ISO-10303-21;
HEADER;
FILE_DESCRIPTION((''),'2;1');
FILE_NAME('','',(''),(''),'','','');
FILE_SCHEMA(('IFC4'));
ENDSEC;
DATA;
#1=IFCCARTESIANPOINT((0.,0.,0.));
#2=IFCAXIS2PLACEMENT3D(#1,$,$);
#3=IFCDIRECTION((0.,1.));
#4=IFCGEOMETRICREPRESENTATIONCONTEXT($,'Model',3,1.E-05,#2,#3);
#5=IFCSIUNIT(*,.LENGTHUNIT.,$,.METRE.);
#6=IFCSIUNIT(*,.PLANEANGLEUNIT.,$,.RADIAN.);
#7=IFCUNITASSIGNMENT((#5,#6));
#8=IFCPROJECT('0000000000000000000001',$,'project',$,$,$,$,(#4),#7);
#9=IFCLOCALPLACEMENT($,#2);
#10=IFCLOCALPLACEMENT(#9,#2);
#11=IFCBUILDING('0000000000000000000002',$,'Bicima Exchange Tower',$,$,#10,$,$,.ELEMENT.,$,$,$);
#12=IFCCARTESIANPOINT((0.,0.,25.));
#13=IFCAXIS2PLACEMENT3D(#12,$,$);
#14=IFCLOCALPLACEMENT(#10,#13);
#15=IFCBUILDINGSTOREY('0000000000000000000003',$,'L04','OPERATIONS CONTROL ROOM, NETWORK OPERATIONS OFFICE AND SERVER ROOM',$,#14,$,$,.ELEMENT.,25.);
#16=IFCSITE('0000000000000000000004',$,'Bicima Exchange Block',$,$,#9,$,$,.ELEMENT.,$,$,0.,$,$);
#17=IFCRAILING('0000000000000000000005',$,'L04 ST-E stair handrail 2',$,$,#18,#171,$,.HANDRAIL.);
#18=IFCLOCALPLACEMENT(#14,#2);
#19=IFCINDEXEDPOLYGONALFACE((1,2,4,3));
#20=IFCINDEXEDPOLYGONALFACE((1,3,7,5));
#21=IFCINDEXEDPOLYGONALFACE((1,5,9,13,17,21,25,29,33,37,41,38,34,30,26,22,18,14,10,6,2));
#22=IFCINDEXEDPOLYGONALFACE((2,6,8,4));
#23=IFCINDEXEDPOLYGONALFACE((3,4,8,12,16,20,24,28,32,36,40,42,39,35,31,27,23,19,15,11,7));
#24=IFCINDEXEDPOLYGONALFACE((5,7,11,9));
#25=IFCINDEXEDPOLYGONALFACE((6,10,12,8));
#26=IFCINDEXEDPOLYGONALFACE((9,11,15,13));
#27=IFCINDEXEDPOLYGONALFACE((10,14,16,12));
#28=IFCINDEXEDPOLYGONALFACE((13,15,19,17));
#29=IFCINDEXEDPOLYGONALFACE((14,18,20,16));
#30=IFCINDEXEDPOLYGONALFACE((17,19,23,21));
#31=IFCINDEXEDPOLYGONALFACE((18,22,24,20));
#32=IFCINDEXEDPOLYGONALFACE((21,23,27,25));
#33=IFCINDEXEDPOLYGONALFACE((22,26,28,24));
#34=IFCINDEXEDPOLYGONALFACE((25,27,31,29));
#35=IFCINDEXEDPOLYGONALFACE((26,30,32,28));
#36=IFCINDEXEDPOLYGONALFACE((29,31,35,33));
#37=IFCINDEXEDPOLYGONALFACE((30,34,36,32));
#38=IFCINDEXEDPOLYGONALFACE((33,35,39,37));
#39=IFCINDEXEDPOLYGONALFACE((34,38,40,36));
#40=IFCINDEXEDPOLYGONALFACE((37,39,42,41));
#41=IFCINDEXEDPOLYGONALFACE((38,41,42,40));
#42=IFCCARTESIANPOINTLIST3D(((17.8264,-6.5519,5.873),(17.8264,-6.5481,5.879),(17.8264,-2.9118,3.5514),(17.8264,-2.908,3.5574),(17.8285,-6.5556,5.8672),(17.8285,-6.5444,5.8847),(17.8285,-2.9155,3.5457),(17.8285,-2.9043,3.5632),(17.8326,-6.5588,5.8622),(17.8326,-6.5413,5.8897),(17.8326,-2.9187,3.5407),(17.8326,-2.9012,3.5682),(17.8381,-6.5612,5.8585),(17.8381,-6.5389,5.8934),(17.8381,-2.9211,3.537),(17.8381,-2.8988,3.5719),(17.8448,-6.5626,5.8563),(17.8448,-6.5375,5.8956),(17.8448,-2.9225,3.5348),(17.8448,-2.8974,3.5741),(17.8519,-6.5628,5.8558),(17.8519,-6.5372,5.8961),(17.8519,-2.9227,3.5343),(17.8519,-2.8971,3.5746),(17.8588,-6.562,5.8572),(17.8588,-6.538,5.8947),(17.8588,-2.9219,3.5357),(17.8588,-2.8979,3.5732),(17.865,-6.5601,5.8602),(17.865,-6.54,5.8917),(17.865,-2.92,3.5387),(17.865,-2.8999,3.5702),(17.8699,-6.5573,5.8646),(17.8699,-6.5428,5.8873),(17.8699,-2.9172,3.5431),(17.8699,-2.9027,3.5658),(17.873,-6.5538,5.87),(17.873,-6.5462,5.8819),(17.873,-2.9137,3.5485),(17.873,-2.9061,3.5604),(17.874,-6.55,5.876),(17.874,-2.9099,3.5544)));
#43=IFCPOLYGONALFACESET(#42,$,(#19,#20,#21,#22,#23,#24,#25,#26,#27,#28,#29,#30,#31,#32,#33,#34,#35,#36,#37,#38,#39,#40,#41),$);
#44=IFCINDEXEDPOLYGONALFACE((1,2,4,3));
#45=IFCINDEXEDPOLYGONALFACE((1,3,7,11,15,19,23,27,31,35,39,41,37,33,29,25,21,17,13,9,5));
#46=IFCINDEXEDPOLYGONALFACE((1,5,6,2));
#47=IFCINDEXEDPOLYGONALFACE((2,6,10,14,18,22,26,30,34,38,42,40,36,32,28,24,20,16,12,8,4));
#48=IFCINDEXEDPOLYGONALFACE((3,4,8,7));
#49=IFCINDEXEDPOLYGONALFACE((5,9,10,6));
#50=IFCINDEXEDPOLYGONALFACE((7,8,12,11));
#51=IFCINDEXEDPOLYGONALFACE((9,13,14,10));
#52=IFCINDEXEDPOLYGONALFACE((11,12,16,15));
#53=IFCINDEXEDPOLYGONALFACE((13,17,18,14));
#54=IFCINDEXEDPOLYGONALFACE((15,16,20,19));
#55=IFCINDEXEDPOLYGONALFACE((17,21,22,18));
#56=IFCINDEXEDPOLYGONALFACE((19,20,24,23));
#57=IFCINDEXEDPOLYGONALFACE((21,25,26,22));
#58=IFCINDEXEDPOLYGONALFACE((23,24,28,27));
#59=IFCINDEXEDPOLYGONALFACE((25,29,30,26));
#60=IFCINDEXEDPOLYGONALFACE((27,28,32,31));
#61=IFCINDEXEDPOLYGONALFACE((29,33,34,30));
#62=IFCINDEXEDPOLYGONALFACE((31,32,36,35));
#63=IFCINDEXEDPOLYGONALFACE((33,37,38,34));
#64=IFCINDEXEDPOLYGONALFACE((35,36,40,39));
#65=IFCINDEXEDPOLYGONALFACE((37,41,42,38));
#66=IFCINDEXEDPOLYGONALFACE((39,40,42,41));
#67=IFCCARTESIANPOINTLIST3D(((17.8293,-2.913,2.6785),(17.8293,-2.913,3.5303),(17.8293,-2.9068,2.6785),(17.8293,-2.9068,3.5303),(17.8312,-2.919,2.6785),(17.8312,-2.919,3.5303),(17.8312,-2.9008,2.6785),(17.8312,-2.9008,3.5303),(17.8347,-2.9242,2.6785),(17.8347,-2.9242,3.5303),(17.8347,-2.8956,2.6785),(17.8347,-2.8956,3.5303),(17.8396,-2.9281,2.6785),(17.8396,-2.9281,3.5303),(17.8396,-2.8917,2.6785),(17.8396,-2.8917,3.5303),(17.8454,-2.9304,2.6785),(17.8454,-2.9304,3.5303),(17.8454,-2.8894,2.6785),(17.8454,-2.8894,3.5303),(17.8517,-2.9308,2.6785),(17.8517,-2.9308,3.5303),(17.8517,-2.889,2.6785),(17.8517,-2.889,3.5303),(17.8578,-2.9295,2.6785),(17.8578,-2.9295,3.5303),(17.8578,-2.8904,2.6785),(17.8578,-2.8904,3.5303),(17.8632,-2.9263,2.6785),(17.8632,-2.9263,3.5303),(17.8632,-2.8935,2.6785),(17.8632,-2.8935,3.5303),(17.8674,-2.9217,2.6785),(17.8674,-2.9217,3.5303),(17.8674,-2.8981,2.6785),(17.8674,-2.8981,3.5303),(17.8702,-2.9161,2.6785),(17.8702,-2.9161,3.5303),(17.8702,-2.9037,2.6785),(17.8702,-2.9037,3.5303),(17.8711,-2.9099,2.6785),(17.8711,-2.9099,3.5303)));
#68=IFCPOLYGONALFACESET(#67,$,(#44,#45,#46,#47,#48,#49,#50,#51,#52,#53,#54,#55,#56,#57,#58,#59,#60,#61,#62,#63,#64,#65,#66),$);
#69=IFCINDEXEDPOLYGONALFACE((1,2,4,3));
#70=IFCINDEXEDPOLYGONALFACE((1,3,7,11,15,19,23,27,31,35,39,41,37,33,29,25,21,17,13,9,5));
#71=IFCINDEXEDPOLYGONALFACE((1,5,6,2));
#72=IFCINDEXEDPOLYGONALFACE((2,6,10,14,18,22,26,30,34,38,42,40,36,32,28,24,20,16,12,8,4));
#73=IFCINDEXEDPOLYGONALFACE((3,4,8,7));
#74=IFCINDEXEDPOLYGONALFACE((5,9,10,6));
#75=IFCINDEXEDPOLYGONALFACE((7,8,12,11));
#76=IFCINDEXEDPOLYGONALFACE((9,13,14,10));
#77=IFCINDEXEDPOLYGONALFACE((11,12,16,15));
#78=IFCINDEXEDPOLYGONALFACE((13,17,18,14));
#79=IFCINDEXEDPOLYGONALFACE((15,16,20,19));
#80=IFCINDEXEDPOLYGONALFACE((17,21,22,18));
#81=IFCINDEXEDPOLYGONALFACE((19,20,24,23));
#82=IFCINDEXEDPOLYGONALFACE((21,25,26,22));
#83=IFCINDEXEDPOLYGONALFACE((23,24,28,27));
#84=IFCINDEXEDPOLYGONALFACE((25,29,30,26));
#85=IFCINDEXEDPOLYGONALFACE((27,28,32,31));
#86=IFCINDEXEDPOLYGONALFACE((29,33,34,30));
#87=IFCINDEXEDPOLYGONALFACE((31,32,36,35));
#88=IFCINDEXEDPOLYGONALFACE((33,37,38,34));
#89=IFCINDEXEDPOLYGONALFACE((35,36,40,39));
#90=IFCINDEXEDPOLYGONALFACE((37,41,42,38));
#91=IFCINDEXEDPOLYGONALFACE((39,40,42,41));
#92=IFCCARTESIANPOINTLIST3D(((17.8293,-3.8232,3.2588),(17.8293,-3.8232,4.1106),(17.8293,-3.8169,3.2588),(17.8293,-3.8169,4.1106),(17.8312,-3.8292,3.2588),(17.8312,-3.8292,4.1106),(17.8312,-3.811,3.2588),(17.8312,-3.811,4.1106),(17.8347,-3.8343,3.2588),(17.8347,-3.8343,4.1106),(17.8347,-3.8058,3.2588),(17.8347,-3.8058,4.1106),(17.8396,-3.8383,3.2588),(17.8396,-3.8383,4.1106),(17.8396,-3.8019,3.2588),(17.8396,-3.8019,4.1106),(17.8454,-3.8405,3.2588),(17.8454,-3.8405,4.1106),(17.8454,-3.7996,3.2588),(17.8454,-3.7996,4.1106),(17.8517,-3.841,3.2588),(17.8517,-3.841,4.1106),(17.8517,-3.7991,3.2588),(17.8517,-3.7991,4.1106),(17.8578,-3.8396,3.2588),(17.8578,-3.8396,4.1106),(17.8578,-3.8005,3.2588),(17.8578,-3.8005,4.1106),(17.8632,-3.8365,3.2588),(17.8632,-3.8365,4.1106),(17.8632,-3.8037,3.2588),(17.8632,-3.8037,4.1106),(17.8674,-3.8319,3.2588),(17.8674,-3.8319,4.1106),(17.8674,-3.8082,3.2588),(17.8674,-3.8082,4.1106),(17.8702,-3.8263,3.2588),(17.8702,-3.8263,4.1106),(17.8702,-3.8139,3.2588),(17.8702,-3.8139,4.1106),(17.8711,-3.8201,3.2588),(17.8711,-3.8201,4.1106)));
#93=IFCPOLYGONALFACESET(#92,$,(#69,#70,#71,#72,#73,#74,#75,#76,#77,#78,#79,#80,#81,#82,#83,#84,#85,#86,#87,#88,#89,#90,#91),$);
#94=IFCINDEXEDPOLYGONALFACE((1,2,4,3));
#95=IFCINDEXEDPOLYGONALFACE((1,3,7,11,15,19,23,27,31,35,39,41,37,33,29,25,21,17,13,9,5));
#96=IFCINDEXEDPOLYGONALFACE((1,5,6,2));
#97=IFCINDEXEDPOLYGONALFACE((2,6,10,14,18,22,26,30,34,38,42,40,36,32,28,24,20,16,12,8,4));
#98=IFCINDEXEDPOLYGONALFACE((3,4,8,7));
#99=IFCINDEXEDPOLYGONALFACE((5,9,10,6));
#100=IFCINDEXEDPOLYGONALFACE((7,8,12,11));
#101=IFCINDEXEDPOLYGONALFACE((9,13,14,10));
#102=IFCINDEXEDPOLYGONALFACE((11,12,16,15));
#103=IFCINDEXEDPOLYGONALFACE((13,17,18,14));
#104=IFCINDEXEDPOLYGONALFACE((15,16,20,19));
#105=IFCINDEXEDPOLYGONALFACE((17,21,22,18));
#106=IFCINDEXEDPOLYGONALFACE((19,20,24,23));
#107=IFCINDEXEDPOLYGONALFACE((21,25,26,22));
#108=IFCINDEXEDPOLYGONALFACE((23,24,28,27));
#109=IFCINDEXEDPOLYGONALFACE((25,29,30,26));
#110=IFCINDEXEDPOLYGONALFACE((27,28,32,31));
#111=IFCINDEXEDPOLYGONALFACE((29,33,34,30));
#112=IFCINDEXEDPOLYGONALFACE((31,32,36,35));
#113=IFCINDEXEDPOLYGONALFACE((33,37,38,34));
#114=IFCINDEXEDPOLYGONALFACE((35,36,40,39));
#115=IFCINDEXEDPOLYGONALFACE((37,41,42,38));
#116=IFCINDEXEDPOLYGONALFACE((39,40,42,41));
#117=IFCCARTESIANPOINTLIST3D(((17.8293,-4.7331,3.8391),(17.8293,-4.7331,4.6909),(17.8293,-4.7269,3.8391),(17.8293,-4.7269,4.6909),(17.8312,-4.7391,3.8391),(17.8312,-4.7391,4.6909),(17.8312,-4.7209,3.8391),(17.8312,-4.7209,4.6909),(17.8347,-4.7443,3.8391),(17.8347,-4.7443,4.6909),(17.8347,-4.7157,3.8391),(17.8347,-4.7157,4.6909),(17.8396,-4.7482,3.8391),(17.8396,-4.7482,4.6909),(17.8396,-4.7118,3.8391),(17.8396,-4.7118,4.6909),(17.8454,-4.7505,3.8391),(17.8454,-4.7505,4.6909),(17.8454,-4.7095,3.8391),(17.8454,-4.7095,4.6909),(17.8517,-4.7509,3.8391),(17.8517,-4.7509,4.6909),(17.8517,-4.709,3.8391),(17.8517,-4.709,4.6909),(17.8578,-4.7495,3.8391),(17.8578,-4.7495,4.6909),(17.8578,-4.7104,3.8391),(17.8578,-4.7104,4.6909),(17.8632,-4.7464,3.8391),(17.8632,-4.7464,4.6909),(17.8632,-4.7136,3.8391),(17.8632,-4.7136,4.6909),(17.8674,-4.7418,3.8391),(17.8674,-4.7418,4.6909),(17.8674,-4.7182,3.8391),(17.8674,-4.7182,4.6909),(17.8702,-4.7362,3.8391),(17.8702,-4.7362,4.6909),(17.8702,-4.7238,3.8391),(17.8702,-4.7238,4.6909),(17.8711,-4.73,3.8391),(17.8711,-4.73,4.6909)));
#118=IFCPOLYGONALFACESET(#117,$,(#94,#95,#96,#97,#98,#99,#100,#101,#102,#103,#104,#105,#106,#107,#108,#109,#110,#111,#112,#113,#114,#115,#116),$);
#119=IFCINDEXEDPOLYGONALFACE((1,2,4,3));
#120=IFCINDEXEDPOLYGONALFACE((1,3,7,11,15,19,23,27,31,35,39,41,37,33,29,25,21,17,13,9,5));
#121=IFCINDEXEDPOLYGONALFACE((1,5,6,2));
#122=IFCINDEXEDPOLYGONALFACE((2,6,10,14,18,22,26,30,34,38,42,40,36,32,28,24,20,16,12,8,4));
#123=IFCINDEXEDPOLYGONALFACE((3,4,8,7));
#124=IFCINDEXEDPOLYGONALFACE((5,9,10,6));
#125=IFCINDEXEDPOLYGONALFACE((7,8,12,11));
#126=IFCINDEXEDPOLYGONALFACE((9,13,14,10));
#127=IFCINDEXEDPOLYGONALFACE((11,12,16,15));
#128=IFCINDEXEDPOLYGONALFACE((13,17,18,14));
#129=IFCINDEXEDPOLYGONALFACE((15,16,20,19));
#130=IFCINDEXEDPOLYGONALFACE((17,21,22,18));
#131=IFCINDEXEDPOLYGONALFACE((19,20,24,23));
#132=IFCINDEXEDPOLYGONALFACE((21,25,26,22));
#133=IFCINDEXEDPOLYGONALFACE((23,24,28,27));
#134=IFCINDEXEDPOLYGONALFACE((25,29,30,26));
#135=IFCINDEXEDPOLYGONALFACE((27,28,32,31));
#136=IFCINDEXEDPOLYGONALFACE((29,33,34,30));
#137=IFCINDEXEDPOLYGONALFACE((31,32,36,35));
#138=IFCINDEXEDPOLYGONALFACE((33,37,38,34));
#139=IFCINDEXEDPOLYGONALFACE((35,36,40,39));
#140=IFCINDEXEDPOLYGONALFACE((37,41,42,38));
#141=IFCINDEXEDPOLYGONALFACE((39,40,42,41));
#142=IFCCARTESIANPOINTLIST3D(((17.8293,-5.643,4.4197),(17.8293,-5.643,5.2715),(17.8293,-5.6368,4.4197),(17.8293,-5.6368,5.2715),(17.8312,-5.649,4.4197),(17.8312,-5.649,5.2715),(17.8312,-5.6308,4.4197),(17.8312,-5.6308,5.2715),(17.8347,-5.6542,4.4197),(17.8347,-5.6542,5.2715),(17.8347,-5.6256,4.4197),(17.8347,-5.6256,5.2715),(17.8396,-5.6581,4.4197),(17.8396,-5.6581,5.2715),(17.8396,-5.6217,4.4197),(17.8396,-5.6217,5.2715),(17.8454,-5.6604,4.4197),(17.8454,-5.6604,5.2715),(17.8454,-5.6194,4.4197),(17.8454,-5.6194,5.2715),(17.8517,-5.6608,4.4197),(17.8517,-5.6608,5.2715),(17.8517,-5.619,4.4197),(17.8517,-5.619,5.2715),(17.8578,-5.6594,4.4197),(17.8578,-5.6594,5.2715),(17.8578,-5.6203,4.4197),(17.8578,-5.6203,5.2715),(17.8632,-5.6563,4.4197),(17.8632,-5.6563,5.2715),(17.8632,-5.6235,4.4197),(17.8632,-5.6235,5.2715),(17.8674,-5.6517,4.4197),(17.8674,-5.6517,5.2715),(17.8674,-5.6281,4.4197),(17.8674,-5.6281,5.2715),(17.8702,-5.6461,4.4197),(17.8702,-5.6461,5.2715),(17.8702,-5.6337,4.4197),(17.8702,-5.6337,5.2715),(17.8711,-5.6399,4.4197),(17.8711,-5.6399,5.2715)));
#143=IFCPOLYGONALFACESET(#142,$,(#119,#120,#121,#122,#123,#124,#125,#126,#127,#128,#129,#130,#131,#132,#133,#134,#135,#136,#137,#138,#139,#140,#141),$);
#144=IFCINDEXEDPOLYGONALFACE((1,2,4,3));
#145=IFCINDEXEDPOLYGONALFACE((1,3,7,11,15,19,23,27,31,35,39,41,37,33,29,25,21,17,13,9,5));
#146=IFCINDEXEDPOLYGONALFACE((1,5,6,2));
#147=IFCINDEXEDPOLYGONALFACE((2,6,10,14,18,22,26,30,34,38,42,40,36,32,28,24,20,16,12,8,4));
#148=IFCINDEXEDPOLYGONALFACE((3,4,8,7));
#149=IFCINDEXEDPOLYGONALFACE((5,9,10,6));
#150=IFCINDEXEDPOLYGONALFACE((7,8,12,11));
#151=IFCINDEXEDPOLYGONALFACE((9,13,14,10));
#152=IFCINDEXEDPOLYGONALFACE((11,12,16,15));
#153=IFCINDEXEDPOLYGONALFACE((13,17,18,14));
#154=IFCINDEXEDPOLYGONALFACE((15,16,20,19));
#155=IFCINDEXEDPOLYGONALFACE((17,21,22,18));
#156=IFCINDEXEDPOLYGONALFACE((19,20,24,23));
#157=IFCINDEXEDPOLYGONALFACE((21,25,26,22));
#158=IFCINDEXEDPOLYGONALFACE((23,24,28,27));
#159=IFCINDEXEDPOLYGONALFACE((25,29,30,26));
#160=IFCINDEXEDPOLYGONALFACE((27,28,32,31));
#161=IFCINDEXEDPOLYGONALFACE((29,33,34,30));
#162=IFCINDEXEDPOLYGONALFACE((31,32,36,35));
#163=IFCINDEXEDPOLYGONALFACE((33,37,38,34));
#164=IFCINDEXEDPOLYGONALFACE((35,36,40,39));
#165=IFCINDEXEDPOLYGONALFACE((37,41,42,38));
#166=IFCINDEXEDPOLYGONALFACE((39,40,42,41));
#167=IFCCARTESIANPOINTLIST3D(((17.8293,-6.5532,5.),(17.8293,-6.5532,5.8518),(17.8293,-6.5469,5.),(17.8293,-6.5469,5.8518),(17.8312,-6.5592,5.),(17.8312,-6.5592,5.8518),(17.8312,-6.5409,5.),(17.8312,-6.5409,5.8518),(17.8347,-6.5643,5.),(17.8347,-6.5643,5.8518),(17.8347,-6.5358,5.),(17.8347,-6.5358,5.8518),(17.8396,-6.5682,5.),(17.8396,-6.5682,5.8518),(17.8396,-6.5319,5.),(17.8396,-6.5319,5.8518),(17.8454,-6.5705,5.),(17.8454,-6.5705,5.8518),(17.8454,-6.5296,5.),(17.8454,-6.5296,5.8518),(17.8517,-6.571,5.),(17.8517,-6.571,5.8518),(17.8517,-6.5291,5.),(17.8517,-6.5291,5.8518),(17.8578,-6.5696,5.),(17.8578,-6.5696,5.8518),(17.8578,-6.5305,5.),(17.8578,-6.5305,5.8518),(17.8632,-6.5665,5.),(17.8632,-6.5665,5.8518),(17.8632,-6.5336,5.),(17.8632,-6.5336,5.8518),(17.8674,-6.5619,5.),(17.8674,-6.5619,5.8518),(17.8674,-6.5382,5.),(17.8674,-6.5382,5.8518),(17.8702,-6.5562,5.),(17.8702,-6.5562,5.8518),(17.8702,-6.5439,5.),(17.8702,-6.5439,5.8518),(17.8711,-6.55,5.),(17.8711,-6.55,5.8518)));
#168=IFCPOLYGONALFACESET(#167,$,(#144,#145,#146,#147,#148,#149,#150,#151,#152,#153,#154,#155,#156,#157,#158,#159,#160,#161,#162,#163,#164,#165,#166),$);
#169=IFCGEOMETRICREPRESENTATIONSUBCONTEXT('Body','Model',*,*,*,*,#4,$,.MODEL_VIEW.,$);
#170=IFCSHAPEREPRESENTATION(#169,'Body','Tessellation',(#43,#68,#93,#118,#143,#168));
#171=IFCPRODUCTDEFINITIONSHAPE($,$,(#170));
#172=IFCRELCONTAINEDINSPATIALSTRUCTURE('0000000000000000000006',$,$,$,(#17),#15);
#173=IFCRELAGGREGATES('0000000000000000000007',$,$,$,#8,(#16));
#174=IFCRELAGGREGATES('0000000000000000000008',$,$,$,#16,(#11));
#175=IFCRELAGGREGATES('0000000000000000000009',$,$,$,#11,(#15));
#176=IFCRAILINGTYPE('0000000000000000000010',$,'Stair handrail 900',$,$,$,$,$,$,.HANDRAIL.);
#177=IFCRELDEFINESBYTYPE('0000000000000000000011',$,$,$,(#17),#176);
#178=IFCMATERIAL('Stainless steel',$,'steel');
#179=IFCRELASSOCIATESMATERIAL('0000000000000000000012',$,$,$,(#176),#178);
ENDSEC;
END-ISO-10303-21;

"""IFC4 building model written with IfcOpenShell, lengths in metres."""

from ifc_helpers import new_model, si_unit, direction, frame, origin, origin_2d, place, context, subcontext, project, spatial, circle, extrude, material, type_object, element, save


model = new_model("IFC4")

# Units and contexts
model_context = context("Model", 3, precision=1e-05, world=origin(), true_north=direction((0.0, 1.0)))
body_context = subcontext(model_context, "Body", "Model", "MODEL_VIEW")
ifc_project = project(units=[si_unit("LENGTHUNIT", "METRE"), si_unit("PLANEANGLEUNIT", "RADIAN")], contexts=[model_context])

# Site, building, storey
site_placement = place(None, origin())
site = spatial("IfcSite", under=ifc_project, at=site_placement, Name="Bicima Exchange Block", CompositionType="ELEMENT", RefElevation=0.0)
building_placement = place(site_placement, origin())
building = spatial("IfcBuilding", under=site, at=building_placement, Name="Bicima Exchange Tower", CompositionType="ELEMENT")
storey_placement = place(building_placement, frame((0.0, 0.0, 25.0)))
storey = spatial("IfcBuildingStorey", under=building, at=storey_placement, Name="L04", Description="OPERATIONS CONTROL ROOM, NETWORK OPERATIONS OFFICE AND SERVER ROOM", CompositionType="ELEMENT", Elevation=25.0)

# Railing
ifc_material_1 = material(Name="Stainless steel", Category="steel")
railing_type_1 = type_object("IfcRailingType", Name="Stair handrail 900", PredefinedType="HANDRAIL", material=ifc_material_1)
railing_1_placement = place(storey_placement, frame((17.8501, -2.9099, 2.6785)))
element("IfcRailing", 1, at=railing_1_placement, inside=storey, type_object=railing_type_1, Name="L04 ST-E stair handrail 2", PredefinedType="HANDRAIL", context=body_context, shape_type="SweptSolid", body=[
    extrude(circle(Radius=0.0239, at=origin_2d()), frame((0.0, 0.0, 0.876), z_axis=(0.0, -0.843128, 0.537713), x_axis=(1.0, 0.0, 0.0)), (0.0, 0.0, 1.0), 4.3174),
    extrude(circle(Radius=0.021, at=origin_2d()), origin(), (0.0, 0.0, 1.0), 0.8518),
    extrude(circle(Radius=0.021, at=origin_2d()), frame((0.0, -0.9102, 0.5803)), (0.0, 0.0, 1.0), 0.8518),
    extrude(circle(Radius=0.021, at=origin_2d()), frame((0.0, -1.8201, 1.1606)), (0.0, 0.0, 1.0), 0.8518),
    extrude(circle(Radius=0.021, at=origin_2d()), frame((0.0, -2.73, 1.7412)), (0.0, 0.0, 1.0), 0.8518),
    extrude(circle(Radius=0.021, at=origin_2d()), frame((0.0, -3.6401, 2.3215)), (0.0, 0.0, 1.0), 0.8518),
])

save(model, "model.ifc")
